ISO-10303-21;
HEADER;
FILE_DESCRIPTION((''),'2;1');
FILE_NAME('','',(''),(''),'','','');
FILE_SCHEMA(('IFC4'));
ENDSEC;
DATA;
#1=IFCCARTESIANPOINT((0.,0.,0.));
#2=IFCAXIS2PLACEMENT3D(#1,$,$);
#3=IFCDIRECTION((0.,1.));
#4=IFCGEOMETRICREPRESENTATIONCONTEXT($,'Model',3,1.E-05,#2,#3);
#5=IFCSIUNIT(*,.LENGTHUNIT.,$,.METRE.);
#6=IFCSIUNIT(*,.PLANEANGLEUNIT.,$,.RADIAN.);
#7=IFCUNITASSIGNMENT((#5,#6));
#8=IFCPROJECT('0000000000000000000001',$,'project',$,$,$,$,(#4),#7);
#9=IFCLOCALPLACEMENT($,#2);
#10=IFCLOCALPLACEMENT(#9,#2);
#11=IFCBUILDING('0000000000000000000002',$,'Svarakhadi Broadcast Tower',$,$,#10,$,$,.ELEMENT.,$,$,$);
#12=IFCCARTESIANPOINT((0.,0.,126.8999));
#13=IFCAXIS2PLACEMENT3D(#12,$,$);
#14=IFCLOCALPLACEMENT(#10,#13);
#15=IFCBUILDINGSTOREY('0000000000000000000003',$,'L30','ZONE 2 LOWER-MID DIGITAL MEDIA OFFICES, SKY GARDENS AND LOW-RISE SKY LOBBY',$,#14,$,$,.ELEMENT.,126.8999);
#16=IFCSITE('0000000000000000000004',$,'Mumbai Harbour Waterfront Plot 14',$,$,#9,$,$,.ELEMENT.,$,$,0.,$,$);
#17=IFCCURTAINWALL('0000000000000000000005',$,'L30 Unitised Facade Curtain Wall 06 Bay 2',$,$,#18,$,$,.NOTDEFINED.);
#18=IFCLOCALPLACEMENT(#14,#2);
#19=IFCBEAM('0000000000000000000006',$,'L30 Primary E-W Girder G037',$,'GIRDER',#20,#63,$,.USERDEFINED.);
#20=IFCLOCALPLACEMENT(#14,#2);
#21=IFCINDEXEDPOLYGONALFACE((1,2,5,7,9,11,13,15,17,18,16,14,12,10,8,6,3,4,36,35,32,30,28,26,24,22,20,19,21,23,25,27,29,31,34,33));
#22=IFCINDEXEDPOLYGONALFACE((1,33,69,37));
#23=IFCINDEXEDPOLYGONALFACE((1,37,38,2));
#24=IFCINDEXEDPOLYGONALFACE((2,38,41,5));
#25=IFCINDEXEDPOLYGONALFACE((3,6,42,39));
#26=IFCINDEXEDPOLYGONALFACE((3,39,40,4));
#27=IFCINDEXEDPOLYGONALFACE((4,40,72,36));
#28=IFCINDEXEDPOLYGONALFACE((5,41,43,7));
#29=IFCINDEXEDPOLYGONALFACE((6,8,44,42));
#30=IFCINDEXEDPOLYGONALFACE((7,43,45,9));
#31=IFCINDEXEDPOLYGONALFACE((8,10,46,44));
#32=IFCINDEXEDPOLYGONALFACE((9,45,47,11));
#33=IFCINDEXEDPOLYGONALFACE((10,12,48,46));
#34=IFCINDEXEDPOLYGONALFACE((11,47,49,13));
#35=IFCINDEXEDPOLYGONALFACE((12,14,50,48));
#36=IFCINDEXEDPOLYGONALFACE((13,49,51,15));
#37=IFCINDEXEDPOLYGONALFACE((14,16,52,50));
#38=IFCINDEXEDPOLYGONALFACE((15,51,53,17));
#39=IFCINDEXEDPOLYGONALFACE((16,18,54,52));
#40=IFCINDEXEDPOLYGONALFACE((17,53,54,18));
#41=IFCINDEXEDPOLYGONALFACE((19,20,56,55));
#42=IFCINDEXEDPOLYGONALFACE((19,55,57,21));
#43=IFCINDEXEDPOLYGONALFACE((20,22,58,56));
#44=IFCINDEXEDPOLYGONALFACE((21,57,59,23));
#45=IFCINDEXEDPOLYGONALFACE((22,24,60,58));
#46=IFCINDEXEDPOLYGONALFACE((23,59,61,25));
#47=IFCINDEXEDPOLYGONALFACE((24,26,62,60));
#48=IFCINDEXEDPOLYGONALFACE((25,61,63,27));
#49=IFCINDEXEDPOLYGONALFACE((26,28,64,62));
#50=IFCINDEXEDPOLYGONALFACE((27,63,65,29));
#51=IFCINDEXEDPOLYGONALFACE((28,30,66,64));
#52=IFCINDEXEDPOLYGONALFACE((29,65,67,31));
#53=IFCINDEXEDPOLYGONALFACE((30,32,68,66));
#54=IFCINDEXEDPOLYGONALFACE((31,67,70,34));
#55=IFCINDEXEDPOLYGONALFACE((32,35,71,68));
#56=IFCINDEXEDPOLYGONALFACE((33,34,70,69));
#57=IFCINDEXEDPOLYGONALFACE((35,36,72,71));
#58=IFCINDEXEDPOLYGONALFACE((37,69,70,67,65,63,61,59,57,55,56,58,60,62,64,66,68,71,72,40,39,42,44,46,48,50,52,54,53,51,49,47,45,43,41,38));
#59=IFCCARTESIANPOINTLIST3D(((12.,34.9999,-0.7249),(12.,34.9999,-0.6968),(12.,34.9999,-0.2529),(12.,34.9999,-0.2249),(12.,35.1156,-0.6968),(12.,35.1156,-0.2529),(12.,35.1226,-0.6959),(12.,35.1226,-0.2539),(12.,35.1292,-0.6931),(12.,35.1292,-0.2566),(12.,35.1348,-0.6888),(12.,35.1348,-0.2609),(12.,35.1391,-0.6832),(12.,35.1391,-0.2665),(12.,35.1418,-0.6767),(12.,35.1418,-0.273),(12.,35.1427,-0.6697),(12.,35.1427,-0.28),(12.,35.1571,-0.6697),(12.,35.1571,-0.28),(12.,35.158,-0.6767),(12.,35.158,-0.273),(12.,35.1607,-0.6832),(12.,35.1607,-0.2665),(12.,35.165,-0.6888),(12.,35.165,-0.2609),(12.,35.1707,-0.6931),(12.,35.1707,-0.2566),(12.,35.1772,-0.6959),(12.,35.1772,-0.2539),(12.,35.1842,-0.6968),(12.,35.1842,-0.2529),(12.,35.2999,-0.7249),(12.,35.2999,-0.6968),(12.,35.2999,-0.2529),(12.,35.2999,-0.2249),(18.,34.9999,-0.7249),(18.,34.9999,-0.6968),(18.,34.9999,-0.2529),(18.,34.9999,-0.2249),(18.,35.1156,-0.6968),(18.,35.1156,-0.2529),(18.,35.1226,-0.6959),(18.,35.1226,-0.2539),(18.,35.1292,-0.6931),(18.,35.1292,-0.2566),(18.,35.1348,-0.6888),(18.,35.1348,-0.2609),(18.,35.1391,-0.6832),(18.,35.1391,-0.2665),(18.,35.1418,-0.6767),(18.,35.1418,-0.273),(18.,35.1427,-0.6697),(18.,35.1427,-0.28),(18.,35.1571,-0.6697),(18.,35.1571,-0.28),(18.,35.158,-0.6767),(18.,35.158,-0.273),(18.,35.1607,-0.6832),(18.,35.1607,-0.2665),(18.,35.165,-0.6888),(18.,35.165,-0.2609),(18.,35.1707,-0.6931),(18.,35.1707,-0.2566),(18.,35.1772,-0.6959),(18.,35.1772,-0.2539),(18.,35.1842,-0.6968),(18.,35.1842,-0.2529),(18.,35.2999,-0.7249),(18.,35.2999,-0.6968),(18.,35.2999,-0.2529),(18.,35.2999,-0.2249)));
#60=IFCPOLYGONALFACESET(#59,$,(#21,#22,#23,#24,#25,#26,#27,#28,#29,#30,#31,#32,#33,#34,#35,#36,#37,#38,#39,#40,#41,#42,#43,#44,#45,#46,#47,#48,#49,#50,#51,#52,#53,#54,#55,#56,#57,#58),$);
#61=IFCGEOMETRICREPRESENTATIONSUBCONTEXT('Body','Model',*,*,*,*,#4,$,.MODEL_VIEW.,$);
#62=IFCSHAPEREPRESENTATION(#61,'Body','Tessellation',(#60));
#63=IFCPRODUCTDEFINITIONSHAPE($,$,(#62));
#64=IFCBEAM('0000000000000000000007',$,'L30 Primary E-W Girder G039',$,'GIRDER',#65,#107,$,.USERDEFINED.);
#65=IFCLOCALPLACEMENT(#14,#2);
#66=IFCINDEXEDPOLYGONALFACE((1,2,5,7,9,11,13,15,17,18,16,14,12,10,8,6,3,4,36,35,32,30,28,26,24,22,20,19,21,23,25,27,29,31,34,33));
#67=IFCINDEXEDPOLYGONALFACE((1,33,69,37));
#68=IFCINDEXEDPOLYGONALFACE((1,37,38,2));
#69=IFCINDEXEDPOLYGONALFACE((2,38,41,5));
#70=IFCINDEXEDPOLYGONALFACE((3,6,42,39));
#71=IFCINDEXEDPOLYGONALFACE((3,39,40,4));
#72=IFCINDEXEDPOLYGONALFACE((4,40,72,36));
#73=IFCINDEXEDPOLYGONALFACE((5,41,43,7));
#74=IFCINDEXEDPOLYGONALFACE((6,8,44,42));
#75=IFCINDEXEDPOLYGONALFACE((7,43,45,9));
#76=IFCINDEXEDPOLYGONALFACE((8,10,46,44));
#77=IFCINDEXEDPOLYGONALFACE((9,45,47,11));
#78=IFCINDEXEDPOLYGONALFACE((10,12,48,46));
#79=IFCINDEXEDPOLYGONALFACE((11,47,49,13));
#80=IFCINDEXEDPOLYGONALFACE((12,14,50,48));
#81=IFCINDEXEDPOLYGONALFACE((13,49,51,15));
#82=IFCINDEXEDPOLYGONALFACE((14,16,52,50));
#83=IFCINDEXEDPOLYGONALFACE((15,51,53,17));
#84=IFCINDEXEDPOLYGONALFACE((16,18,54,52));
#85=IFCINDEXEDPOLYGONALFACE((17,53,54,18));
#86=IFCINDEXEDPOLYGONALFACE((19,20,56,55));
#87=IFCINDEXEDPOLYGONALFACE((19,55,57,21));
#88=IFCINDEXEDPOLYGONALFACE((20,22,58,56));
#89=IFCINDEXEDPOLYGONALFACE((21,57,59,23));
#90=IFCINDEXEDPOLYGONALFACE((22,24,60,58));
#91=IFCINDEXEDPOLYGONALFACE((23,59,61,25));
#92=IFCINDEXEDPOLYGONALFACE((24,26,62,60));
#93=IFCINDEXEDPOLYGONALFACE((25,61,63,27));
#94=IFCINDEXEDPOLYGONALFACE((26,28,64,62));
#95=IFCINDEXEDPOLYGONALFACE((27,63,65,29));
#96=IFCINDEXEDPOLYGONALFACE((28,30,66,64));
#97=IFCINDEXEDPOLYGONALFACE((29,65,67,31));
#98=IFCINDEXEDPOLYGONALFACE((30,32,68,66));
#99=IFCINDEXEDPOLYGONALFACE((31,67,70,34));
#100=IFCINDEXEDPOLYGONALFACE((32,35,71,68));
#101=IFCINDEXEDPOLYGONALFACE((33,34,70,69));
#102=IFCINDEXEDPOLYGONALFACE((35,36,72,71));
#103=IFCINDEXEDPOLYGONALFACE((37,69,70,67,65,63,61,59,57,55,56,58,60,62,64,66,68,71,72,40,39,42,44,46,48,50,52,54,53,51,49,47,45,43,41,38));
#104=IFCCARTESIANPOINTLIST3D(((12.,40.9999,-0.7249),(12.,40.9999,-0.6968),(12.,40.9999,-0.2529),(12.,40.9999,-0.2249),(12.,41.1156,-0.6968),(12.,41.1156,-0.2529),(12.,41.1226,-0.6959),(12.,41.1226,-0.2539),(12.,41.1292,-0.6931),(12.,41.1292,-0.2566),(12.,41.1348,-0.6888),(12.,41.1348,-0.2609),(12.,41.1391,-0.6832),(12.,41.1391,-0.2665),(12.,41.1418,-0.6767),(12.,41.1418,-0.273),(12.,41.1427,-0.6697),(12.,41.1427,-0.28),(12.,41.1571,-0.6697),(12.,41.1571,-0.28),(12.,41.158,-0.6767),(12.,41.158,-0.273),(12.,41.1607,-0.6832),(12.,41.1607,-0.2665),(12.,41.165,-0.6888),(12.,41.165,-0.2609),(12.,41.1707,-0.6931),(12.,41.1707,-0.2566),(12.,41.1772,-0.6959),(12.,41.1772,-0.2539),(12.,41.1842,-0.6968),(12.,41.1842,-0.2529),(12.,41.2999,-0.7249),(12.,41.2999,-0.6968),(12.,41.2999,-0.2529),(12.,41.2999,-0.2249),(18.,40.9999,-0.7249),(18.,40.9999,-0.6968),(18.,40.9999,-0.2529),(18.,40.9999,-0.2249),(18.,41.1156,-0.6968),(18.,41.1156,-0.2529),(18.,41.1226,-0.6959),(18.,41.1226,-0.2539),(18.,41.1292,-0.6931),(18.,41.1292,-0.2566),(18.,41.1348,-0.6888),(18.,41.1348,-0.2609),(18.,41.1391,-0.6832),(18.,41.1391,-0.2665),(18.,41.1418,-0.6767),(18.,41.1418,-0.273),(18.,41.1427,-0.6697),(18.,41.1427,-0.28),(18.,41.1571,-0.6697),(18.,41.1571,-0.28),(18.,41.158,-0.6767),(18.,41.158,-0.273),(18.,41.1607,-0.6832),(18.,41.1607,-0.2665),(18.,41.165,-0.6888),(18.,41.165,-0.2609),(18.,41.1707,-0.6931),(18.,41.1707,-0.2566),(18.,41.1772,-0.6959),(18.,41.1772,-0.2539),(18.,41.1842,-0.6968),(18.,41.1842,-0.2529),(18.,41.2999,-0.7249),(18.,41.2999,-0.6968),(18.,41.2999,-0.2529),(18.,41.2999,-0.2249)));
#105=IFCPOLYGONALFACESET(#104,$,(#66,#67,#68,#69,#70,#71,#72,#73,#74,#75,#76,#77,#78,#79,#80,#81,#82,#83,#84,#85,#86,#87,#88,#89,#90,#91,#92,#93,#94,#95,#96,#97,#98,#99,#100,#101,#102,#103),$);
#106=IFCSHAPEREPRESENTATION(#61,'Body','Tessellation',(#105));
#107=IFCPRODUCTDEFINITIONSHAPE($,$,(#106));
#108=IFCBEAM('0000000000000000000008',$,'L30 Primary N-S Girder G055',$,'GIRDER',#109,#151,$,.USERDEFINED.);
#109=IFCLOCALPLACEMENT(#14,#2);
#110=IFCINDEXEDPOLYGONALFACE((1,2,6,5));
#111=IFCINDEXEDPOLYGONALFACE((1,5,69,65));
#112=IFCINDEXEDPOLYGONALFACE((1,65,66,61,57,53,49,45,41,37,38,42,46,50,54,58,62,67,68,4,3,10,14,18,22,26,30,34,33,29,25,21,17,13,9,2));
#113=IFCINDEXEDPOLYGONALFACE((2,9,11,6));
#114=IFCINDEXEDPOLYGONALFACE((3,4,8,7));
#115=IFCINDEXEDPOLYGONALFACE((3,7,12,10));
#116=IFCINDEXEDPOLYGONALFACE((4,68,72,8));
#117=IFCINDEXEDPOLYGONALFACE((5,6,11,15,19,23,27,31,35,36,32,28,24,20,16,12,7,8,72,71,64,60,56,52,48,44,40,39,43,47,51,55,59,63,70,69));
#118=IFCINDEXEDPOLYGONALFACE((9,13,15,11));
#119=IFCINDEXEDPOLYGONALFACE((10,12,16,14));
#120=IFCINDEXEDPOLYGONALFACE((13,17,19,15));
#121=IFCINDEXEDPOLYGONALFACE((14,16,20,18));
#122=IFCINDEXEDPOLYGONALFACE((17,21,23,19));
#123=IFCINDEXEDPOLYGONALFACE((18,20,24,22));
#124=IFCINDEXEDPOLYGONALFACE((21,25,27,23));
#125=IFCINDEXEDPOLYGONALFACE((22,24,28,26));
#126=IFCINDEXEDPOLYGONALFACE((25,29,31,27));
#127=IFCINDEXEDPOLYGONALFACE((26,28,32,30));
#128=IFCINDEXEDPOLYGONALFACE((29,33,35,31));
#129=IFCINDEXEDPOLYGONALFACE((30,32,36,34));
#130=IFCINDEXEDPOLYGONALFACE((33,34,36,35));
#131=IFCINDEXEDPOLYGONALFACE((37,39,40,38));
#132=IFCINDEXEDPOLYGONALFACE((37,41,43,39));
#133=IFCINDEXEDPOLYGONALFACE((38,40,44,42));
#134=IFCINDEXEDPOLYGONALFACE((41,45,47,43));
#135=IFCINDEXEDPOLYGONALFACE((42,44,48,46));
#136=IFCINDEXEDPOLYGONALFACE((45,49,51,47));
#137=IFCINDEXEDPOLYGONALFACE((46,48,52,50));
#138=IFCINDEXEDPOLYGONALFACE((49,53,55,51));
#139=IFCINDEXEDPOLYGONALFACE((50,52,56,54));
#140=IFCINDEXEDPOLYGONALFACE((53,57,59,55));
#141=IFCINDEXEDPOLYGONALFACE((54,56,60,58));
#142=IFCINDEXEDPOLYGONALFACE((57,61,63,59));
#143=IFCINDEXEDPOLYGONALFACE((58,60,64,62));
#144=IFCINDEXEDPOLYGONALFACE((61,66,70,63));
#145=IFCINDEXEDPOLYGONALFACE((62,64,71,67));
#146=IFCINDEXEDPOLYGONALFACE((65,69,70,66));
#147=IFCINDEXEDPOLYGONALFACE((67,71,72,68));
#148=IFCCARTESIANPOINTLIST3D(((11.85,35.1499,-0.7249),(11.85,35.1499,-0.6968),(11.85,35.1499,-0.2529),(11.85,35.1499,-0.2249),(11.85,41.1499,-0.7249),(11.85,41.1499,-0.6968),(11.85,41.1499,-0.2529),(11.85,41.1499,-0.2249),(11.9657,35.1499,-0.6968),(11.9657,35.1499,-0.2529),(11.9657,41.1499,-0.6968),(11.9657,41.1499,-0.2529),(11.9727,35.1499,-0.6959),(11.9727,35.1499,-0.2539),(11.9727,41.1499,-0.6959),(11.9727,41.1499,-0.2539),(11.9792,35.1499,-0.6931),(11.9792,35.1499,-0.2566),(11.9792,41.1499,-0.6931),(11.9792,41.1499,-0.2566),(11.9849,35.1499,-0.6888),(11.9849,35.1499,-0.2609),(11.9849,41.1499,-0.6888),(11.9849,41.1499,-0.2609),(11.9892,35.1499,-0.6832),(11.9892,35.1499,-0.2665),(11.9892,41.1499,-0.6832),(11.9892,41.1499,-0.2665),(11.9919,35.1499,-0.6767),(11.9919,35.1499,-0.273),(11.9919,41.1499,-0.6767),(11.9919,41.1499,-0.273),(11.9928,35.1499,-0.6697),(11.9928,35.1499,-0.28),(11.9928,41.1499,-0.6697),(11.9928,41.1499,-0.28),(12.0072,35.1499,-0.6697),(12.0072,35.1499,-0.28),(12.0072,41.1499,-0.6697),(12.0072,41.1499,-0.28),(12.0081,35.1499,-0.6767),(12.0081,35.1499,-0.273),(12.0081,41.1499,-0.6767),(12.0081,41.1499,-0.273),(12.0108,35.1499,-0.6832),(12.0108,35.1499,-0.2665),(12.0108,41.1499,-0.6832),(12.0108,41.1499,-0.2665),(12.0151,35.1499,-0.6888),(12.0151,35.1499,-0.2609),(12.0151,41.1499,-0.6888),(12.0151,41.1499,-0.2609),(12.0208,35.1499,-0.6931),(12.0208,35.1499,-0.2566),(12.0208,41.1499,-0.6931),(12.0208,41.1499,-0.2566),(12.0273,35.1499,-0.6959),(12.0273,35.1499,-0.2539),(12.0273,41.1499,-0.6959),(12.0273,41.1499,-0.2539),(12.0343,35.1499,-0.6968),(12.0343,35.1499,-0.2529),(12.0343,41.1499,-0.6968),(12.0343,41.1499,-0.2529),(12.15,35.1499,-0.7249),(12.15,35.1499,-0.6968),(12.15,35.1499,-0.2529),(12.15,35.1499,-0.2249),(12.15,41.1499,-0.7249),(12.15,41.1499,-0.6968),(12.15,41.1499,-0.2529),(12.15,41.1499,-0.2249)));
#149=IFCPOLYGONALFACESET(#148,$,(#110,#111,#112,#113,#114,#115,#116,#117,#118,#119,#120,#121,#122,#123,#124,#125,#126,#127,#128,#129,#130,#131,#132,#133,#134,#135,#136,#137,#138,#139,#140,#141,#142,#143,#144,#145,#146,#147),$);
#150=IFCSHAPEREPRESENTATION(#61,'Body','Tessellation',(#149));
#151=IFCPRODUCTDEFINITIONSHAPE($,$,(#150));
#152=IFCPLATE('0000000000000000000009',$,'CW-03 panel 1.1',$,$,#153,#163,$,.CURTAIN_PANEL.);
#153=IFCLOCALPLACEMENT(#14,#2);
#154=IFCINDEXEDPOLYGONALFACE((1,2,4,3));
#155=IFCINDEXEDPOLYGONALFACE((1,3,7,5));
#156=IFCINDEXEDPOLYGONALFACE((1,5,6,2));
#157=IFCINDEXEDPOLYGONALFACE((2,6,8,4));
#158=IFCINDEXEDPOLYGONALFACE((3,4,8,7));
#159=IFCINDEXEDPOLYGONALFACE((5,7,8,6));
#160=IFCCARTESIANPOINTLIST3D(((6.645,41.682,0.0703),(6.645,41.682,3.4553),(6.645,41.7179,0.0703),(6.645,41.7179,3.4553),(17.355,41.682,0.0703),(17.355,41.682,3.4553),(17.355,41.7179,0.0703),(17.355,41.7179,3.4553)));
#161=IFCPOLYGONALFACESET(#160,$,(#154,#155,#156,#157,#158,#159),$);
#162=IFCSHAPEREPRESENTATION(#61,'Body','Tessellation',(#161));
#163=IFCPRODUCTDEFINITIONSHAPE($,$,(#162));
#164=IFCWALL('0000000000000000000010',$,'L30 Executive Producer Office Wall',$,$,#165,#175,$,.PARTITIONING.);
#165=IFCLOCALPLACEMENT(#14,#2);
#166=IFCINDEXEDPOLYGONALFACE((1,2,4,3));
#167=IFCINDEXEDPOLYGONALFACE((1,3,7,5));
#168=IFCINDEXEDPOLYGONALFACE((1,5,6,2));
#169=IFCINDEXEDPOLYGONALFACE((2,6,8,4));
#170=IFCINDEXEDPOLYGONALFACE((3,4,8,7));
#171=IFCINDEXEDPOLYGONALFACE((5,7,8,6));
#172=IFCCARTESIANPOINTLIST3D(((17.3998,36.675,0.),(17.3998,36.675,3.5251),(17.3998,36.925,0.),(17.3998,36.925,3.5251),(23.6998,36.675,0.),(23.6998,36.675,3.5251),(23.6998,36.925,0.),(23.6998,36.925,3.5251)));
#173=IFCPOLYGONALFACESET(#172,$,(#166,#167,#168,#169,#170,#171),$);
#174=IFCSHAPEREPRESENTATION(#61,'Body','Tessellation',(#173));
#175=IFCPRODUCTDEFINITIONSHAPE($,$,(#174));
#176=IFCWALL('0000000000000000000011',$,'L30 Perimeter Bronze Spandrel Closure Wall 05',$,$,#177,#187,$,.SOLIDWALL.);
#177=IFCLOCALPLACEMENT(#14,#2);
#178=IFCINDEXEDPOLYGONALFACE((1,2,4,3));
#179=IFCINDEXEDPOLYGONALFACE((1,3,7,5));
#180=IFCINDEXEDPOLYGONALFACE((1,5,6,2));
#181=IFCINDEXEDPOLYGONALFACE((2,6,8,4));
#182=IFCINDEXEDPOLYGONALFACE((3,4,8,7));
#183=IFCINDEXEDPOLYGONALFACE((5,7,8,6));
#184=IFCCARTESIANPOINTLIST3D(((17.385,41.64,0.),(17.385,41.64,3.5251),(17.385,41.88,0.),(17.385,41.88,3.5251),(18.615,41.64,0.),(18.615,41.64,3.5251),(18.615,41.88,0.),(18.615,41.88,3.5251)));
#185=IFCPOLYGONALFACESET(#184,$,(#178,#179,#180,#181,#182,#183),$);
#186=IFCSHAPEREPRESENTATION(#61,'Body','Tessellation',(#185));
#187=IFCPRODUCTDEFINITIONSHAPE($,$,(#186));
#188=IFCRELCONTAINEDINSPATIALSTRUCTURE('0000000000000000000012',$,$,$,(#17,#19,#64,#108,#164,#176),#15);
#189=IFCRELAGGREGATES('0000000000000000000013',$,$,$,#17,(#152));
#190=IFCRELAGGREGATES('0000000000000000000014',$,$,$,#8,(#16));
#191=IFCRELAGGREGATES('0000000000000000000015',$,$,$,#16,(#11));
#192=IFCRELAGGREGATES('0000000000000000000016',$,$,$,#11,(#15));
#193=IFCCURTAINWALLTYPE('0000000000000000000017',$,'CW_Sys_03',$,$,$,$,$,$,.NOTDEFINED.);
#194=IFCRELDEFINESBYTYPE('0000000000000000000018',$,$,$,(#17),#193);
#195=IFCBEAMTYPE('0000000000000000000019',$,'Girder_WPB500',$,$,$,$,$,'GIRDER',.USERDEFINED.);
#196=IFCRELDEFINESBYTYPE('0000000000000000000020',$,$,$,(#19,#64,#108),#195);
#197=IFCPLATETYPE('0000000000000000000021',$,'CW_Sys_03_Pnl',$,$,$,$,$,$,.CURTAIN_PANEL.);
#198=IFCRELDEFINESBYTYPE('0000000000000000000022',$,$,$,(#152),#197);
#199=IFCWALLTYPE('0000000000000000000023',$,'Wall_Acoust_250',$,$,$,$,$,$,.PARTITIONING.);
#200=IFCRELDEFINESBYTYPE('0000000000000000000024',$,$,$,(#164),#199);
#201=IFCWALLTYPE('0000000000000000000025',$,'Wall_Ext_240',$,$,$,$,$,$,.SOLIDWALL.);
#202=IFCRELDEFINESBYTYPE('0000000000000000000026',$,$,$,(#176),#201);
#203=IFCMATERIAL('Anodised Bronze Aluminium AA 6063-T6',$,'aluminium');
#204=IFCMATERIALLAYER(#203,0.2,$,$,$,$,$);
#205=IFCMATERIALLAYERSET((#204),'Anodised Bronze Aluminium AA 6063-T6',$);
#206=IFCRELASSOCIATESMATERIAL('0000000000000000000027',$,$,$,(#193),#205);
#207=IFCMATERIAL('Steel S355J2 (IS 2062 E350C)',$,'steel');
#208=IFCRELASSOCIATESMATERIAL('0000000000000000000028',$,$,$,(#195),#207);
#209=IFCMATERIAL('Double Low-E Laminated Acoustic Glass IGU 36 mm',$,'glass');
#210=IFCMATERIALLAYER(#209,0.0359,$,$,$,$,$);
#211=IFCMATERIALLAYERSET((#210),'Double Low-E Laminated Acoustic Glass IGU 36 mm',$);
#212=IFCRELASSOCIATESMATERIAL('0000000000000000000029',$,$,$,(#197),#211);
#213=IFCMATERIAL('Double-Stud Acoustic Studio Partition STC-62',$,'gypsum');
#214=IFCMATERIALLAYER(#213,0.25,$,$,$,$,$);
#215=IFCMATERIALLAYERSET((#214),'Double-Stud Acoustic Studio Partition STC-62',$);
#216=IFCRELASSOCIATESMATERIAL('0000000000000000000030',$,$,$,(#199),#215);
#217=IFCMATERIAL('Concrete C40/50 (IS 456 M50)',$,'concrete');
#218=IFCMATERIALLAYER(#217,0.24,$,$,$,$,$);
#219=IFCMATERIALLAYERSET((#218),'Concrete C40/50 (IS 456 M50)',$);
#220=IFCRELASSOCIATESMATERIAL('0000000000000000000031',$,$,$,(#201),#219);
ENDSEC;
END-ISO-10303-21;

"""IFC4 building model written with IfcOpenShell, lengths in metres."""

from ifc_helpers import new_model, si_unit, direction, frame, frame_2d, origin, origin_2d, place, context, subcontext, project, spatial, rectangle, i_section, extrude, material, layer, layer_set, material_profile, profile_set, type_object, element, aggregate, save


model = new_model("IFC4")

# Units and contexts
model_context = context("Model", 3, precision=1e-05, world=origin(), true_north=direction((0.0, 1.0)))
body_context = subcontext(model_context, "Body", "Model", "MODEL_VIEW")
ifc_project = project(units=[si_unit("LENGTHUNIT", "METRE"), si_unit("PLANEANGLEUNIT", "RADIAN")], contexts=[model_context])

# Site, building, storey
site_placement = place(None, origin())
site = spatial("IfcSite", under=ifc_project, at=site_placement, Name="Mumbai Harbour Waterfront Plot 14", CompositionType="ELEMENT", RefElevation=0.0)
building_placement = place(site_placement, origin())
building = spatial("IfcBuilding", under=site, at=building_placement, Name="Svarakhadi Broadcast Tower", CompositionType="ELEMENT")
storey_placement = place(building_placement, frame((0.0, 0.0, 126.8999)))
storey = spatial("IfcBuildingStorey", under=building, at=storey_placement, Name="L30", Description="ZONE 2 LOWER-MID DIGITAL MEDIA OFFICES, SKY GARDENS AND LOW-RISE SKY LOBBY", CompositionType="ELEMENT", Elevation=126.8999)

# Shared definitions
ifc_material_1 = material(Name="Steel S355J2 (IS 2062 E350C)", Category="steel")

# Curtain wall
ifc_material_2 = material(Name="Anodised Bronze Aluminium AA 6063-T6", Category="aluminium")
ifc_layer_1 = layer(ifc_material_2, 0.2)
ifc_layer_set_1 = layer_set([ifc_layer_1], Name="Anodised Bronze Aluminium AA 6063-T6")
curtain_wall_type = type_object("IfcCurtainWallType", Name="CW_Sys_03", PredefinedType="NOTDEFINED", material=ifc_layer_set_1)
curtain_wall_placement = place(storey_placement, origin())
curtain_wall = element("IfcCurtainWall", 1, at=curtain_wall_placement, inside=storey, type_object=curtain_wall_type, Name="L30 Unitised Facade Curtain Wall 06 Bay 2", PredefinedType="NOTDEFINED")

# Beams
ifc_material_profile_1 = material_profile(ifc_material_1, i_section(OverallWidth=0.3, OverallDepth=0.5, WebThickness=0.0144, FlangeThickness=0.0281, FilletRadius=0.0271, at=origin_2d()), Name="WPB 500x300x187")
ifc_profile_set_1 = profile_set([ifc_material_profile_1], Name="Steel S355J2 (IS 2062 E350C)")
beam_type_1 = type_object("IfcBeamType", Name="Girder_WPB500", ElementType="GIRDER", PredefinedType="USERDEFINED", material=ifc_profile_set_1)
for number, where, z_axis, x_axis, name in (
    (2, (12.0, 35.1499, -0.4749), (1.0, 0.0, 0.0), (0.0, 1.0, 0.0), "L30 Primary E-W Girder G037"),
    (3, (12.0, 41.1499, -0.4749), (1.0, 0.0, 0.0), (0.0, 1.0, 0.0), "L30 Primary E-W Girder G039"),
    (4, (12.0, 35.1499, -0.4749), (0.0, 1.0, 0.0), (-1.0, 0.0, 0.0), "L30 Primary N-S Girder G055"),
):
    element("IfcBeam", number, at=place(storey_placement, frame(where, z_axis=z_axis, x_axis=x_axis)), inside=storey, type_object=beam_type_1, Name=name, ObjectType="GIRDER", PredefinedType="USERDEFINED", context=body_context, shape_type="SweptSolid", body=[
        extrude(i_section(OverallWidth=0.3, OverallDepth=0.5, WebThickness=0.0144, FlangeThickness=0.0281, FilletRadius=0.0271, at=origin_2d()), origin(), (0.0, 0.0, 1.0), 6.0),
    ])

# Plate
ifc_material_3 = material(Name="Double Low-E Laminated Acoustic Glass IGU 36 mm", Category="glass")
ifc_layer_2 = layer(ifc_material_3, 0.0359)
ifc_layer_set_2 = layer_set([ifc_layer_2], Name="Double Low-E Laminated Acoustic Glass IGU 36 mm")
plate_type = type_object("IfcPlateType", Name="CW_Sys_03_Pnl", PredefinedType="CURTAIN_PANEL", material=ifc_layer_set_2)
plate_placement = place(storey_placement, frame((12.0, 41.7, 0.0703), z_axis=(0.0, 0.0, 1.0), x_axis=(1.0, 0.0, 0.0)))
plate = element("IfcPlate", 5, at=plate_placement, type_object=plate_type, Name="CW-03 panel 1.1", PredefinedType="CURTAIN_PANEL", context=body_context, shape_type="SweptSolid", body=[
    extrude(rectangle(XDim=10.71, YDim=0.0359, at=origin_2d()), origin(), (0.0, 0.0, 1.0), 3.385),
])
aggregate(curtain_wall, [plate])

# Walls
ifc_material_4 = material(Name="Double-Stud Acoustic Studio Partition STC-62", Category="gypsum")
ifc_layer_3 = layer(ifc_material_4, 0.25)
ifc_layer_set_3 = layer_set([ifc_layer_3], Name="Double-Stud Acoustic Studio Partition STC-62")
wall_type_1 = type_object("IfcWallType", Name="Wall_Acoust_250", PredefinedType="PARTITIONING", material=ifc_layer_set_3)
wall_1_placement = place(storey_placement, frame((17.3999, 36.8, 0.0), z_axis=(0.0, 0.0, 1.0), x_axis=(1.0, 0.0, 0.0)))
element("IfcWall", 6, at=wall_1_placement, inside=storey, type_object=wall_type_1, Name="L30 Executive Producer Office Wall", PredefinedType="PARTITIONING", context=body_context, shape_type="SweptSolid", body=[
    extrude(rectangle(XDim=6.3, YDim=0.25, at=frame_2d((3.1499, 0.0))), origin(), (0.0, 0.0, 1.0), 3.5251),
])
ifc_material_5 = material(Name="Concrete C40/50 (IS 456 M50)", Category="concrete")
ifc_layer_4 = layer(ifc_material_5, 0.24)
ifc_layer_set_4 = layer_set([ifc_layer_4], Name="Concrete C40/50 (IS 456 M50)")
wall_type_2 = type_object("IfcWallType", Name="Wall_Ext_240", PredefinedType="SOLIDWALL", material=ifc_layer_set_4)
wall_2_placement = place(storey_placement, frame((17.385, 41.76, 0.0), z_axis=(0.0, 0.0, 1.0), x_axis=(1.0, 0.0, 0.0)))
element("IfcWall", 7, at=wall_2_placement, inside=storey, type_object=wall_type_2, Name="L30 Perimeter Bronze Spandrel Closure Wall 05", PredefinedType="SOLIDWALL", context=body_context, shape_type="SweptSolid", body=[
    extrude(rectangle(XDim=1.23, YDim=0.24, at=frame_2d((0.615, 0.0))), origin(), (0.0, 0.0, 1.0), 3.5251),
])

save(model, "model.ifc")
